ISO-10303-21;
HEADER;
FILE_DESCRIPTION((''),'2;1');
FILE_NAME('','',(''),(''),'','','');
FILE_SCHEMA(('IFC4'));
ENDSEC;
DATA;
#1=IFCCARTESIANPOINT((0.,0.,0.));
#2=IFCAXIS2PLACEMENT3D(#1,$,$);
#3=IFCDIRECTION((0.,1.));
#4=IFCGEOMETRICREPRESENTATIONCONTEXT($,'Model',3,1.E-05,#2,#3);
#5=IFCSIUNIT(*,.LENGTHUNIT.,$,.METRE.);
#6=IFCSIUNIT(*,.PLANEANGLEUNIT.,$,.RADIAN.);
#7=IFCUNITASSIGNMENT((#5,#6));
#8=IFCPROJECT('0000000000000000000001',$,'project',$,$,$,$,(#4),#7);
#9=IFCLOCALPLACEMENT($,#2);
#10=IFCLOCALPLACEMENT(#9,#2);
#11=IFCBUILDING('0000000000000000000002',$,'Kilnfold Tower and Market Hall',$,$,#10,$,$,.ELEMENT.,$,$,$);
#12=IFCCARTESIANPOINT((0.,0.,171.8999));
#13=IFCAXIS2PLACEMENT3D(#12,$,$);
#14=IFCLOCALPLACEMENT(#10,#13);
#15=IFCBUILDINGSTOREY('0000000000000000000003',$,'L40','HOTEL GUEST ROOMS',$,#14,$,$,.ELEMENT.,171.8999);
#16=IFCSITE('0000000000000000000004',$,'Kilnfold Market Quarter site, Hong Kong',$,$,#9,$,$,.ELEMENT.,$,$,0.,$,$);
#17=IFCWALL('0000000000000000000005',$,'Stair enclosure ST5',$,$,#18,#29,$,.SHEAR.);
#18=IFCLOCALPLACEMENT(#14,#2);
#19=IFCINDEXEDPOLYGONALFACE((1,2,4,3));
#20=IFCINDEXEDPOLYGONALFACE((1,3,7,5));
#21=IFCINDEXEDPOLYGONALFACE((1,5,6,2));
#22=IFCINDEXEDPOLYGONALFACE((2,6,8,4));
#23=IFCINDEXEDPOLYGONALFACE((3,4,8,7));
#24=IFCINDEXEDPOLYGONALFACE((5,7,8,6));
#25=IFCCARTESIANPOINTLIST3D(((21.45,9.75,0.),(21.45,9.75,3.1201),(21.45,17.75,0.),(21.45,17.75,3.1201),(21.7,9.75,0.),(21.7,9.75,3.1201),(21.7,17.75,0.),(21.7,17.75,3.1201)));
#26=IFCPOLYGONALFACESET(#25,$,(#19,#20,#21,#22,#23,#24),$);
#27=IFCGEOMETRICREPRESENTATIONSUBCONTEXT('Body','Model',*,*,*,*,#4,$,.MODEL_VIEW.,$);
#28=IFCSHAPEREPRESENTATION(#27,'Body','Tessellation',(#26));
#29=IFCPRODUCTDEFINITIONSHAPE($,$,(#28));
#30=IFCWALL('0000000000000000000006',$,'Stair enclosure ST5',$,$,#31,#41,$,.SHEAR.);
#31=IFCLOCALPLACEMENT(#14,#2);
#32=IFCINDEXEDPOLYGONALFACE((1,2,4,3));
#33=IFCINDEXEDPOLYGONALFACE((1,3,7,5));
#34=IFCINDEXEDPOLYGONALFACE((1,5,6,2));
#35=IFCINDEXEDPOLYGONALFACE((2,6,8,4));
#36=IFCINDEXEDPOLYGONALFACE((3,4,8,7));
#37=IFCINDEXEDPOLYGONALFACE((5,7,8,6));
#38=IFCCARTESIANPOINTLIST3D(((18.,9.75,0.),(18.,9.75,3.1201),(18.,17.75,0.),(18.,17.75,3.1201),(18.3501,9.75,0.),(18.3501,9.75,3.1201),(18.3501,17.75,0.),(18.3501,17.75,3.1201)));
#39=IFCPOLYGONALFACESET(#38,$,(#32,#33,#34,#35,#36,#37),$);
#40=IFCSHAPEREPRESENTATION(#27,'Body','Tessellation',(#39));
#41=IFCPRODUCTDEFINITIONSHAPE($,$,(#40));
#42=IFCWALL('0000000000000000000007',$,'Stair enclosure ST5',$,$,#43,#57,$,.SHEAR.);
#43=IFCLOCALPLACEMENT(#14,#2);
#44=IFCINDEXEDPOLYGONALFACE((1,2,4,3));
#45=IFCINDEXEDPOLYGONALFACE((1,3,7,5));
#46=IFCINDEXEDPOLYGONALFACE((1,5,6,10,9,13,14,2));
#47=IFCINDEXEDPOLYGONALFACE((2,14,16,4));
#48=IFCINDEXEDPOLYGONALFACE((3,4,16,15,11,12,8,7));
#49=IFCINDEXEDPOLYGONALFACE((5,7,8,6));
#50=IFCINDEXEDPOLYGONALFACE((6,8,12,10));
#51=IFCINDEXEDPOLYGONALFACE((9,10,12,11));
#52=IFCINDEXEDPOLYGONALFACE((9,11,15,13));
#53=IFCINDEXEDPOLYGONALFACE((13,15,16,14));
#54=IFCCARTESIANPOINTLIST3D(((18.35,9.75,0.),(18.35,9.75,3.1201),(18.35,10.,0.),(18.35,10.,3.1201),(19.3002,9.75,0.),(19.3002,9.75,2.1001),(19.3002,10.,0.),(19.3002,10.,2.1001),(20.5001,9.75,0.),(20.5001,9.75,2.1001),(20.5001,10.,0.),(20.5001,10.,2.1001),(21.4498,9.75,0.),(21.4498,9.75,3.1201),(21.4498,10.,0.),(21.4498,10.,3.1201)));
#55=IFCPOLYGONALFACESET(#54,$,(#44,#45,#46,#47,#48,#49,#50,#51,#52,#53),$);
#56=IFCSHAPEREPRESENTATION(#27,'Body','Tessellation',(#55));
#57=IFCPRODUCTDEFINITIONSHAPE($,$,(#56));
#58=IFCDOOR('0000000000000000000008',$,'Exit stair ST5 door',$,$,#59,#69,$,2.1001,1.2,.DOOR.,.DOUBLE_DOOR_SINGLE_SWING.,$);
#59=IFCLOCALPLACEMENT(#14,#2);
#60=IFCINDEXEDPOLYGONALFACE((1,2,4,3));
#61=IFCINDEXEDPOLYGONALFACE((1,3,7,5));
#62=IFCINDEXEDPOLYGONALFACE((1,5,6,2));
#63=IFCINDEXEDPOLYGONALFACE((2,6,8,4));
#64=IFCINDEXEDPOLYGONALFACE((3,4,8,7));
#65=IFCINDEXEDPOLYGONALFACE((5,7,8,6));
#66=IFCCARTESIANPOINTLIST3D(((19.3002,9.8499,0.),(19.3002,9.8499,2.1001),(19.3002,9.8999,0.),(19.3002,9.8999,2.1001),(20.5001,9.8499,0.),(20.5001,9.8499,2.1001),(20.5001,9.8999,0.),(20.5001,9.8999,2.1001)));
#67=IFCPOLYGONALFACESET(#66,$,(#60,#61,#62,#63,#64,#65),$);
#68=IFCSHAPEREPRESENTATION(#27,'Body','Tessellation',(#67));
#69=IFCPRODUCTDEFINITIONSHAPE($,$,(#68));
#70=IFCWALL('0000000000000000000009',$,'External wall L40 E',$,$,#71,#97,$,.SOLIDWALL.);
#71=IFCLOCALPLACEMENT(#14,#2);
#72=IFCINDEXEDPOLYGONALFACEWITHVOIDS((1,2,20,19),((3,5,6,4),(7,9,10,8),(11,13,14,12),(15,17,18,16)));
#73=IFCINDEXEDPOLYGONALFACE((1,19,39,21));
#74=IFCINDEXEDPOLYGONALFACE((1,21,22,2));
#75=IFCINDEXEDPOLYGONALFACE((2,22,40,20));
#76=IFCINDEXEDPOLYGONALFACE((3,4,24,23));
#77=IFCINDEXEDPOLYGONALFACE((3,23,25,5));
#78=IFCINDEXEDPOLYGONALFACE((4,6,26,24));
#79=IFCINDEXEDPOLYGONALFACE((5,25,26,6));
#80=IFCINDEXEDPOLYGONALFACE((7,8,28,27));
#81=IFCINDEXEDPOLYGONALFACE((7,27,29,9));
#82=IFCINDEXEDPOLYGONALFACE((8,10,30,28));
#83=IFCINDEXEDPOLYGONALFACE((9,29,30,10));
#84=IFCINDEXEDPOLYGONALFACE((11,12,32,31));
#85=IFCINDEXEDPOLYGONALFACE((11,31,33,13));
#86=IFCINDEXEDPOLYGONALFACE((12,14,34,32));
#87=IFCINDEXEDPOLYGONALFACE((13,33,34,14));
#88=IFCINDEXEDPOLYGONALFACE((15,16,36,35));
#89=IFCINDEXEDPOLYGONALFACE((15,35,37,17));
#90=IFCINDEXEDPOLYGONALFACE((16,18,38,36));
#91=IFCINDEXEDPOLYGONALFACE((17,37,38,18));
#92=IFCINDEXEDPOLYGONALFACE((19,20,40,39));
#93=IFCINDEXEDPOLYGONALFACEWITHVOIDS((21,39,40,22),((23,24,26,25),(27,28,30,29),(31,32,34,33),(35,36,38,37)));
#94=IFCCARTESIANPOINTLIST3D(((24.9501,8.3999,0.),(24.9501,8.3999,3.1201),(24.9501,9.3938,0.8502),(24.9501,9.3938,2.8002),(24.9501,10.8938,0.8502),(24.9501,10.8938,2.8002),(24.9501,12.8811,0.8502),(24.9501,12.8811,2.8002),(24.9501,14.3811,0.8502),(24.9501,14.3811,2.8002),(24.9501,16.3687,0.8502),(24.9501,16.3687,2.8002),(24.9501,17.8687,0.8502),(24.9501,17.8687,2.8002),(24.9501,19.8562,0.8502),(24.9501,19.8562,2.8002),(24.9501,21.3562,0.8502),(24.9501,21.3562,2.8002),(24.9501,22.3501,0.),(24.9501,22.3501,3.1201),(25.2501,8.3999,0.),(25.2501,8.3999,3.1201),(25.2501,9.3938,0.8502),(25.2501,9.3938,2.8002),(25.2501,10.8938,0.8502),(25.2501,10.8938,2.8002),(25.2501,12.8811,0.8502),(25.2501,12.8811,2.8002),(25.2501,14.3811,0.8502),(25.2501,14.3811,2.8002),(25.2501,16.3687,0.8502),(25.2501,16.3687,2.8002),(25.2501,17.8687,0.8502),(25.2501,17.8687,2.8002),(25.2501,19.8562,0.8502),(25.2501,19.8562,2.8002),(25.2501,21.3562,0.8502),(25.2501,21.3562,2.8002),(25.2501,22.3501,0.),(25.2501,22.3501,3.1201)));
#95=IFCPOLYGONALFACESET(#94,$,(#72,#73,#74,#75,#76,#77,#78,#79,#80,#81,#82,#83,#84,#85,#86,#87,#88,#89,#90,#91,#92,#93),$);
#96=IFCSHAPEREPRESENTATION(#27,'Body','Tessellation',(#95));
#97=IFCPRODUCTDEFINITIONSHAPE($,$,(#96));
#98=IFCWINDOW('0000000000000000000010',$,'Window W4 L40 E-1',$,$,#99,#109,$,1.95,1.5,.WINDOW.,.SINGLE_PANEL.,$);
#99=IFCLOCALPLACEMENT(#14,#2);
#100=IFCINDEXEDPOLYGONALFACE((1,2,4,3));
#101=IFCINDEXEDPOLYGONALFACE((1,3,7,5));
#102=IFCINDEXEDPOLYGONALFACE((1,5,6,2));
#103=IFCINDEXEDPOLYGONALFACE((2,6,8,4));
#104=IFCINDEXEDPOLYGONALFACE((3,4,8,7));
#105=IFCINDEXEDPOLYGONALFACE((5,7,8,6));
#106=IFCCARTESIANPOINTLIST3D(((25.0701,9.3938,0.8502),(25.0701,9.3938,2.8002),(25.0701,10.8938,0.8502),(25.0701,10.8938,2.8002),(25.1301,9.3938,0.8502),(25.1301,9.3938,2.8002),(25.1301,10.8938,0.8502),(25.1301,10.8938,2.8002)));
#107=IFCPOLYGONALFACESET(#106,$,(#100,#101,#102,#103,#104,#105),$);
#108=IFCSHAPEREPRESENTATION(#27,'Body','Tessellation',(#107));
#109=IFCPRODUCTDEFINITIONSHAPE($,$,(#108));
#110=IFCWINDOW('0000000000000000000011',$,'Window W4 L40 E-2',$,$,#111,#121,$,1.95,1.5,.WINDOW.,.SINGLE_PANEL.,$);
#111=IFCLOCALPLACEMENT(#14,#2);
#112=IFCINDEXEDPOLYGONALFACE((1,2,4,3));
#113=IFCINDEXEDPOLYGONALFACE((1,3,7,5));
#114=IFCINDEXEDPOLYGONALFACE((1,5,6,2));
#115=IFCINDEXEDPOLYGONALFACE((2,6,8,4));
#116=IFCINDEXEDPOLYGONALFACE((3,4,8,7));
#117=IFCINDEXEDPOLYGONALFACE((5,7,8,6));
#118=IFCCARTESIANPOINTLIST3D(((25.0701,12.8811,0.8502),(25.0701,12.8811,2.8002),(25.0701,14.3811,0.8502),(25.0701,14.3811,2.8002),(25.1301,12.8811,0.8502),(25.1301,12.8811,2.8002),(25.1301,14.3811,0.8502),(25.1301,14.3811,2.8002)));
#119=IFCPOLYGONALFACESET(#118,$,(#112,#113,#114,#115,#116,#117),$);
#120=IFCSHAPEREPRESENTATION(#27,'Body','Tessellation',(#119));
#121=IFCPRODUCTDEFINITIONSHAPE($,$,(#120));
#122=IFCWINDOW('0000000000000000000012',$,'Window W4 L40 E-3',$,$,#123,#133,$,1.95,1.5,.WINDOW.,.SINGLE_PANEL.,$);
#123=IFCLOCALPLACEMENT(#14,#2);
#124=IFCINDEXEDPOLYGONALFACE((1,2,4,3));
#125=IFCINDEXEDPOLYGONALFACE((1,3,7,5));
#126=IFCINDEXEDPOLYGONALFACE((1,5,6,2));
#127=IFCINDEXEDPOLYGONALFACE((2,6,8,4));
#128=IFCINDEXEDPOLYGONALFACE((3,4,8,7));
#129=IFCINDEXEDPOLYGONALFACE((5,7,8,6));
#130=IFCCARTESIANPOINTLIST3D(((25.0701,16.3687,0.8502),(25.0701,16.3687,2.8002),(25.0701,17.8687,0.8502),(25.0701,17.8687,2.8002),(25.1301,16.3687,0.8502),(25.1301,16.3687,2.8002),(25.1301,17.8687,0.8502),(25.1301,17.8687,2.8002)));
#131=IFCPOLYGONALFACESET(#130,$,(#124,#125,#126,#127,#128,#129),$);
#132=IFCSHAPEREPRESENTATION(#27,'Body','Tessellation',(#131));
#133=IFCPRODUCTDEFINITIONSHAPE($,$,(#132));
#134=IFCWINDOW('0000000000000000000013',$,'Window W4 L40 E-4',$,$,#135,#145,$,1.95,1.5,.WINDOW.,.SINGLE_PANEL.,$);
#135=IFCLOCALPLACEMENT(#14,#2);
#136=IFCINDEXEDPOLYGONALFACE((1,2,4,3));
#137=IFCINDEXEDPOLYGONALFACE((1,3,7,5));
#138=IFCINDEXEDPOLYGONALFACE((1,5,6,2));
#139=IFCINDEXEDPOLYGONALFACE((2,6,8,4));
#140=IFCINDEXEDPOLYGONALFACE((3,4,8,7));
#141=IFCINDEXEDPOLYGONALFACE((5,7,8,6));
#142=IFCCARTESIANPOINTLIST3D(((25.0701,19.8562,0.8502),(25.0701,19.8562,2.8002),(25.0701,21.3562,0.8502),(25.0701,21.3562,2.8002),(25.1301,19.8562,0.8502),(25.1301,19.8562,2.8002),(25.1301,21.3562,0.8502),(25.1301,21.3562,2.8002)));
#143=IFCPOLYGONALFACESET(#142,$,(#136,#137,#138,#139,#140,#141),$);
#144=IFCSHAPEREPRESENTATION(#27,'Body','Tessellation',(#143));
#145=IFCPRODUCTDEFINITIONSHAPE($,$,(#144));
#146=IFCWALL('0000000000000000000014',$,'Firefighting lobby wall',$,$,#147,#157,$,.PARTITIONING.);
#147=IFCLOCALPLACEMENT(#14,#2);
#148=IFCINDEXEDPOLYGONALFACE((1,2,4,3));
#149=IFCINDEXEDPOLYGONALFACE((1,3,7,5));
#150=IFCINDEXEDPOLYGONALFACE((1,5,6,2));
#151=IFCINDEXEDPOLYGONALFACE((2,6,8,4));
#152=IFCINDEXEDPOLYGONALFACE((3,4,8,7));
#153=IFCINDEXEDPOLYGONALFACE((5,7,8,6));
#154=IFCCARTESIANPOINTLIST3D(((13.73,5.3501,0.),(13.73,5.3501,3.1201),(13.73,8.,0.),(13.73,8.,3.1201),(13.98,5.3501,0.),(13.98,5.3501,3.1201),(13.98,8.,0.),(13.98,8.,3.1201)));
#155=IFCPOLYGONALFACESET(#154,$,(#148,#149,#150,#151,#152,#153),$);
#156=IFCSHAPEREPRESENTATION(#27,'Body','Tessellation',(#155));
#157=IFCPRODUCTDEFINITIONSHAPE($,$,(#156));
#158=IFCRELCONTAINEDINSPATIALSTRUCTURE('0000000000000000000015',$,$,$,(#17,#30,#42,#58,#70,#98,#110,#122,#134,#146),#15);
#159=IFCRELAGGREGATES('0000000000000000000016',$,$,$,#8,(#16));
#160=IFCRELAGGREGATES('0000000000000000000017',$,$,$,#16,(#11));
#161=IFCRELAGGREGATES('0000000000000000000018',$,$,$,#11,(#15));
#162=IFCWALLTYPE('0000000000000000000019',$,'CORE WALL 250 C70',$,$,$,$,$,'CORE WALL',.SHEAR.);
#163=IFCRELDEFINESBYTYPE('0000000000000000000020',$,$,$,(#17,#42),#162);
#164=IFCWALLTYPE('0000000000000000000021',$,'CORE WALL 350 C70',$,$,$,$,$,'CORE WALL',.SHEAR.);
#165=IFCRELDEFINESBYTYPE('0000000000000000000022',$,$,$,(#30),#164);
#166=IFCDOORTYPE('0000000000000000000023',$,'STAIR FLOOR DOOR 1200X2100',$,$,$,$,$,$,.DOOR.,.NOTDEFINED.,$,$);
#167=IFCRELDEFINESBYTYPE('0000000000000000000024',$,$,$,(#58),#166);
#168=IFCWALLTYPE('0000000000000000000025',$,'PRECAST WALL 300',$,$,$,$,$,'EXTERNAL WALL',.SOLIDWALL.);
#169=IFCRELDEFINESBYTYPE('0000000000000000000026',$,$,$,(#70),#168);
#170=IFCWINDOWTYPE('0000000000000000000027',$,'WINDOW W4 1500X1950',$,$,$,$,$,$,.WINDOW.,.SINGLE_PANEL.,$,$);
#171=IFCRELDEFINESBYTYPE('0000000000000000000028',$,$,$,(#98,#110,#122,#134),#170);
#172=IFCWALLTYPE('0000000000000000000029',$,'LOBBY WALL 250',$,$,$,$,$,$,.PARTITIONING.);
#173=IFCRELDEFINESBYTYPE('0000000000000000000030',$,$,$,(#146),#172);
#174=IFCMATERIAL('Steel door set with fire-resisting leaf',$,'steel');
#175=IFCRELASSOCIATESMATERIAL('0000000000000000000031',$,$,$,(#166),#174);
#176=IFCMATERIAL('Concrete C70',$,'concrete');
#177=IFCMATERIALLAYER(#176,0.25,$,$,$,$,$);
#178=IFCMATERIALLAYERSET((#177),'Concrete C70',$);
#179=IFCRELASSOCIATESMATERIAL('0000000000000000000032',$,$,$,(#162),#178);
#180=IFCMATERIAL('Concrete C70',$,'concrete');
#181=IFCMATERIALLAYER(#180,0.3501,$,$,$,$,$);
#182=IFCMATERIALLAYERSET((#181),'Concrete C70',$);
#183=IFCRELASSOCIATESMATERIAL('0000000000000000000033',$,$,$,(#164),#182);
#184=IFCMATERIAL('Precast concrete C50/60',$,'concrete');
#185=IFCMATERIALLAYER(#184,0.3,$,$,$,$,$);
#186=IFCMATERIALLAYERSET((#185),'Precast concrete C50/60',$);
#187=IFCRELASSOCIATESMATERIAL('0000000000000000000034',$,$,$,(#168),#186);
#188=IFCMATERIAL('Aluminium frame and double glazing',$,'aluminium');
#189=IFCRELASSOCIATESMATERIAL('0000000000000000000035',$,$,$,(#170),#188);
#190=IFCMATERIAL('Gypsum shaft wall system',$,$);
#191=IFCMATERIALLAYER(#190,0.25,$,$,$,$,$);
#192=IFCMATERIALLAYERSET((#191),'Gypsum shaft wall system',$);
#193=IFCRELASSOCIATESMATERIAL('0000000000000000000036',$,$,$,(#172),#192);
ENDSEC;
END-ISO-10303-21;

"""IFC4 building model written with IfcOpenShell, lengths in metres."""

from ifc_helpers import new_model, si_unit, direction, frame, frame_2d, origin, place, context, subcontext, project, spatial, rectangle, extrude, source, transform, mapped, material, layer, layer_set, type_object, element, fill, save


model = new_model("IFC4")

# Units and contexts
model_context = context("Model", 3, precision=1e-05, world=origin(), true_north=direction((0.0, 1.0)))
body_context = subcontext(model_context, "Body", "Model", "MODEL_VIEW")
ifc_project = project(units=[si_unit("LENGTHUNIT", "METRE"), si_unit("PLANEANGLEUNIT", "RADIAN")], contexts=[model_context])

# Site, building, storey
site_placement = place(None, origin())
site = spatial("IfcSite", under=ifc_project, at=site_placement, Name="Kilnfold Market Quarter site, Hong Kong", CompositionType="ELEMENT", RefElevation=0.0)
building_placement = place(site_placement, origin())
building = spatial("IfcBuilding", under=site, at=building_placement, Name="Kilnfold Tower and Market Hall", CompositionType="ELEMENT")
storey_placement = place(building_placement, frame((0.0, 0.0, 171.8999)))
storey = spatial("IfcBuildingStorey", under=building, at=storey_placement, Name="L40", Description="HOTEL GUEST ROOMS", CompositionType="ELEMENT", Elevation=171.8999)

# Shared definitions
ifc_material_1 = material(Name="Steel door set with fire-resisting leaf", Category="steel")
door_type_1 = type_object("IfcDoorType", Name="STAIR FLOOR DOOR 1200X2100", OperationType="NOTDEFINED", PredefinedType="DOOR", material=ifc_material_1)

# Walls
ifc_material_2 = material(Name="Concrete C70", Category="concrete")
ifc_layer_1 = layer(ifc_material_2, 0.25)
ifc_layer_set_1 = layer_set([ifc_layer_1], Name="Concrete C70")
wall_type_1 = type_object("IfcWallType", Name="CORE WALL 250 C70", ElementType="CORE WALL", PredefinedType="SHEAR", material=ifc_layer_set_1)
shared_shape_1 = source(origin(), body_context, "Body", "SweptSolid", [
    extrude(rectangle(XDim=8.0, YDim=0.25, at=frame_2d((4.0, 0.0))), origin(), (0.0, 0.0, 1.0), 3.1201),
])
wall_1_placement = place(storey_placement, frame((21.575, 9.75, 0.0), z_axis=(0.0, 0.0, 1.0), x_axis=(0.0, 1.0, 0.0)))
element("IfcWall", 1, at=wall_1_placement, inside=storey, type_object=wall_type_1, Name="Stair enclosure ST5", PredefinedType="SHEAR", context=body_context, shape_type="MappedRepresentation", body=[
    mapped(shared_shape_1, transform((0.0, 0.0, 0.0))),
])
ifc_material_3 = material(Name="Concrete C70", Category="concrete")
ifc_layer_2 = layer(ifc_material_3, 0.3501)
ifc_layer_set_2 = layer_set([ifc_layer_2], Name="Concrete C70")
wall_type_2 = type_object("IfcWallType", Name="CORE WALL 350 C70", ElementType="CORE WALL", PredefinedType="SHEAR", material=ifc_layer_set_2)
shared_shape_2 = source(origin(), body_context, "Body", "SweptSolid", [
    extrude(rectangle(XDim=8.0, YDim=0.3501, at=frame_2d((4.0, 0.0))), origin(), (0.0, 0.0, 1.0), 3.1201),
])
wall_2_placement = place(storey_placement, frame((18.175, 9.75, 0.0), z_axis=(0.0, 0.0, 1.0), x_axis=(0.0, 1.0, 0.0)))
element("IfcWall", 2, at=wall_2_placement, inside=storey, type_object=wall_type_2, Name="Stair enclosure ST5", PredefinedType="SHEAR", context=body_context, shape_type="MappedRepresentation", body=[
    mapped(shared_shape_2, transform((0.0, 0.0, 0.0))),
])

# Wall, opening, door
shared_shape_3 = source(origin(), body_context, "Body", "SweptSolid", [
    extrude(rectangle(XDim=3.0999, YDim=0.25, at=frame_2d((1.5498, 0.0))), origin(), (0.0, 0.0, 1.0), 3.1201),
])
wall_3_placement = place(storey_placement, frame((18.3501, 9.875, 0.0), z_axis=(0.0, 0.0, 1.0), x_axis=(1.0, 0.0, 0.0)))
wall_3 = element("IfcWall", 3, at=wall_3_placement, inside=storey, type_object=wall_type_1, Name="Stair enclosure ST5", PredefinedType="SHEAR", context=body_context, shape_type="MappedRepresentation", body=[
    mapped(shared_shape_3, transform((0.0, 0.0, 0.0))),
])
opening_1_placement = place(wall_3_placement, frame((0.95, 0.0, 0.0)))
opening_1 = element("IfcOpeningElement", 4, at=opening_1_placement, cuts=wall_3, PredefinedType="OPENING", context=body_context, shape_type="SweptSolid", body=[
    extrude(rectangle(XDim=1.2, YDim=2.1001, at=frame_2d((0.6001, 1.05))), frame((0.0, 0.135, 0.0), z_axis=(0.0, -1.0, 0.0), x_axis=(1.0, 0.0, 0.0)), (0.0, 0.0, 1.0), 0.27),
])
door_1_placement = place(opening_1_placement, origin())
door_1 = element("IfcDoor", 5, at=door_1_placement, inside=storey, type_object=door_type_1, Name="Exit stair ST5 door", OperationType="DOUBLE_DOOR_SINGLE_SWING", OverallHeight=2.1001, OverallWidth=1.2, PredefinedType="DOOR", context=body_context, shape_type="SweptSolid", body=[
    extrude(rectangle(XDim=1.2, YDim=2.1001, at=frame_2d((0.6001, 1.05))), frame((0.0, 0.0249, 0.0), z_axis=(0.0, -1.0, 0.0), x_axis=(1.0, 0.0, 0.0)), (0.0, 0.0, 1.0), 0.05),
])
fill(opening_1, door_1)

# Wall, openings, windows
ifc_material_4 = material(Name="Precast concrete C50/60", Category="concrete")
ifc_layer_3 = layer(ifc_material_4, 0.3)
ifc_layer_set_3 = layer_set([ifc_layer_3], Name="Precast concrete C50/60")
wall_type_3 = type_object("IfcWallType", Name="PRECAST WALL 300", ElementType="EXTERNAL WALL", PredefinedType="SOLIDWALL", material=ifc_layer_set_3)
shared_shape_4 = source(origin(), body_context, "Body", "SweptSolid", [
    extrude(rectangle(XDim=13.9502, YDim=0.3, at=frame_2d((6.9751, 0.0))), origin(), (0.0, 0.0, 1.0), 3.1201),
])
wall_4_placement = place(storey_placement, frame((25.1001, 8.3999, 0.0), z_axis=(0.0, 0.0, 1.0), x_axis=(0.0, 1.0, 0.0)))
wall_4 = element("IfcWall", 6, at=wall_4_placement, inside=storey, type_object=wall_type_3, Name="External wall L40 E", PredefinedType="SOLIDWALL", context=body_context, shape_type="MappedRepresentation", body=[
    mapped(shared_shape_4, transform((0.0, 0.0, 0.0))),
])
opening_2_placement = place(wall_4_placement, frame((0.9939, 0.0, 0.8501)))
opening_2 = element("IfcOpeningElement", 7, at=opening_2_placement, cuts=wall_4, PredefinedType="OPENING", context=body_context, shape_type="SweptSolid", body=[
    extrude(rectangle(XDim=1.5, YDim=1.95, at=frame_2d((0.75, 0.9751))), frame((0.0, 0.1602, 0.0), z_axis=(0.0, -1.0, 0.0), x_axis=(1.0, 0.0, 0.0)), (0.0, 0.0, 1.0), 0.3201),
])
opening_3_placement = place(wall_4_placement, frame((4.4812, 0.0, 0.8501)))
opening_3 = element("IfcOpeningElement", 8, at=opening_3_placement, cuts=wall_4, PredefinedType="OPENING", context=body_context, shape_type="SweptSolid", body=[
    extrude(rectangle(XDim=1.5, YDim=1.95, at=frame_2d((0.75, 0.9751))), frame((0.0, 0.1602, 0.0), z_axis=(0.0, -1.0, 0.0), x_axis=(1.0, 0.0, 0.0)), (0.0, 0.0, 1.0), 0.3201),
])
opening_4_placement = place(wall_4_placement, frame((7.9688, 0.0, 0.8501)))
opening_4 = element("IfcOpeningElement", 9, at=opening_4_placement, cuts=wall_4, PredefinedType="OPENING", context=body_context, shape_type="SweptSolid", body=[
    extrude(rectangle(XDim=1.5, YDim=1.95, at=frame_2d((0.75, 0.9751))), frame((0.0, 0.1602, 0.0), z_axis=(0.0, -1.0, 0.0), x_axis=(1.0, 0.0, 0.0)), (0.0, 0.0, 1.0), 0.3201),
])
opening_5_placement = place(wall_4_placement, frame((11.4563, 0.0, 0.8501)))
opening_5 = element("IfcOpeningElement", 10, at=opening_5_placement, cuts=wall_4, PredefinedType="OPENING", context=body_context, shape_type="SweptSolid", body=[
    extrude(rectangle(XDim=1.5, YDim=1.95, at=frame_2d((0.75, 0.9751))), frame((0.0, 0.1602, 0.0), z_axis=(0.0, -1.0, 0.0), x_axis=(1.0, 0.0, 0.0)), (0.0, 0.0, 1.0), 0.3201),
])
ifc_material_5 = material(Name="Aluminium frame and double glazing", Category="aluminium")
window_type = type_object("IfcWindowType", Name="WINDOW W4 1500X1950", PartitioningType="SINGLE_PANEL", PredefinedType="WINDOW", material=ifc_material_5)
window_1_placement = place(opening_2_placement, origin())
window_1 = element("IfcWindow", 11, at=window_1_placement, inside=storey, type_object=window_type, Name="Window W4 L40 E-1", OverallHeight=1.95, OverallWidth=1.5, PartitioningType="SINGLE_PANEL", PredefinedType="WINDOW", context=body_context, shape_type="SweptSolid", body=[
    extrude(rectangle(XDim=1.5, YDim=1.95, at=frame_2d((0.75, 0.9751))), frame((0.0, 0.03, 0.0), z_axis=(0.0, -1.0, 0.0), x_axis=(1.0, 0.0, 0.0)), (0.0, 0.0, 1.0), 0.0601),
])
fill(opening_2, window_1)
window_2_placement = place(opening_3_placement, origin())
window_2 = element("IfcWindow", 12, at=window_2_placement, inside=storey, type_object=window_type, Name="Window W4 L40 E-2", OverallHeight=1.95, OverallWidth=1.5, PartitioningType="SINGLE_PANEL", PredefinedType="WINDOW", context=body_context, shape_type="SweptSolid", body=[
    extrude(rectangle(XDim=1.5, YDim=1.95, at=frame_2d((0.75, 0.9751))), frame((0.0, 0.03, 0.0), z_axis=(0.0, -1.0, 0.0), x_axis=(1.0, 0.0, 0.0)), (0.0, 0.0, 1.0), 0.0601),
])
fill(opening_3, window_2)
window_3_placement = place(opening_4_placement, origin())
window_3 = element("IfcWindow", 13, at=window_3_placement, inside=storey, type_object=window_type, Name="Window W4 L40 E-3", OverallHeight=1.95, OverallWidth=1.5, PartitioningType="SINGLE_PANEL", PredefinedType="WINDOW", context=body_context, shape_type="SweptSolid", body=[
    extrude(rectangle(XDim=1.5, YDim=1.95, at=frame_2d((0.75, 0.9751))), frame((0.0, 0.03, 0.0), z_axis=(0.0, -1.0, 0.0), x_axis=(1.0, 0.0, 0.0)), (0.0, 0.0, 1.0), 0.0601),
])
fill(opening_4, window_3)
window_4_placement = place(opening_5_placement, origin())
window_4 = element("IfcWindow", 14, at=window_4_placement, inside=storey, type_object=window_type, Name="Window W4 L40 E-4", OverallHeight=1.95, OverallWidth=1.5, PartitioningType="SINGLE_PANEL", PredefinedType="WINDOW", context=body_context, shape_type="SweptSolid", body=[
    extrude(rectangle(XDim=1.5, YDim=1.95, at=frame_2d((0.75, 0.9751))), frame((0.0, 0.03, 0.0), z_axis=(0.0, -1.0, 0.0), x_axis=(1.0, 0.0, 0.0)), (0.0, 0.0, 1.0), 0.0601),
])
fill(opening_5, window_4)

# Wall
ifc_material_6 = material(Name="Gypsum shaft wall system")
ifc_layer_4 = layer(ifc_material_6, 0.25)
ifc_layer_set_4 = layer_set([ifc_layer_4], Name="Gypsum shaft wall system")
wall_type_4 = type_object("IfcWallType", Name="LOBBY WALL 250", PredefinedType="PARTITIONING", material=ifc_layer_set_4)
shared_shape_5 = source(origin(), body_context, "Body", "SweptSolid", [
    extrude(rectangle(XDim=2.6499, YDim=0.25, at=frame_2d((1.325, 0.0))), origin(), (0.0, 0.0, 1.0), 3.1201),
])
wall_5_placement = place(storey_placement, frame((13.855, 5.3501, 0.0), z_axis=(0.0, 0.0, 1.0), x_axis=(0.0, 1.0, 0.0)))
element("IfcWall", 15, at=wall_5_placement, inside=storey, type_object=wall_type_4, Name="Firefighting lobby wall", PredefinedType="PARTITIONING", context=body_context, shape_type="MappedRepresentation", body=[
    mapped(shared_shape_5, transform((0.0, 0.0, 0.0))),
])

save(model, "model.ifc")
